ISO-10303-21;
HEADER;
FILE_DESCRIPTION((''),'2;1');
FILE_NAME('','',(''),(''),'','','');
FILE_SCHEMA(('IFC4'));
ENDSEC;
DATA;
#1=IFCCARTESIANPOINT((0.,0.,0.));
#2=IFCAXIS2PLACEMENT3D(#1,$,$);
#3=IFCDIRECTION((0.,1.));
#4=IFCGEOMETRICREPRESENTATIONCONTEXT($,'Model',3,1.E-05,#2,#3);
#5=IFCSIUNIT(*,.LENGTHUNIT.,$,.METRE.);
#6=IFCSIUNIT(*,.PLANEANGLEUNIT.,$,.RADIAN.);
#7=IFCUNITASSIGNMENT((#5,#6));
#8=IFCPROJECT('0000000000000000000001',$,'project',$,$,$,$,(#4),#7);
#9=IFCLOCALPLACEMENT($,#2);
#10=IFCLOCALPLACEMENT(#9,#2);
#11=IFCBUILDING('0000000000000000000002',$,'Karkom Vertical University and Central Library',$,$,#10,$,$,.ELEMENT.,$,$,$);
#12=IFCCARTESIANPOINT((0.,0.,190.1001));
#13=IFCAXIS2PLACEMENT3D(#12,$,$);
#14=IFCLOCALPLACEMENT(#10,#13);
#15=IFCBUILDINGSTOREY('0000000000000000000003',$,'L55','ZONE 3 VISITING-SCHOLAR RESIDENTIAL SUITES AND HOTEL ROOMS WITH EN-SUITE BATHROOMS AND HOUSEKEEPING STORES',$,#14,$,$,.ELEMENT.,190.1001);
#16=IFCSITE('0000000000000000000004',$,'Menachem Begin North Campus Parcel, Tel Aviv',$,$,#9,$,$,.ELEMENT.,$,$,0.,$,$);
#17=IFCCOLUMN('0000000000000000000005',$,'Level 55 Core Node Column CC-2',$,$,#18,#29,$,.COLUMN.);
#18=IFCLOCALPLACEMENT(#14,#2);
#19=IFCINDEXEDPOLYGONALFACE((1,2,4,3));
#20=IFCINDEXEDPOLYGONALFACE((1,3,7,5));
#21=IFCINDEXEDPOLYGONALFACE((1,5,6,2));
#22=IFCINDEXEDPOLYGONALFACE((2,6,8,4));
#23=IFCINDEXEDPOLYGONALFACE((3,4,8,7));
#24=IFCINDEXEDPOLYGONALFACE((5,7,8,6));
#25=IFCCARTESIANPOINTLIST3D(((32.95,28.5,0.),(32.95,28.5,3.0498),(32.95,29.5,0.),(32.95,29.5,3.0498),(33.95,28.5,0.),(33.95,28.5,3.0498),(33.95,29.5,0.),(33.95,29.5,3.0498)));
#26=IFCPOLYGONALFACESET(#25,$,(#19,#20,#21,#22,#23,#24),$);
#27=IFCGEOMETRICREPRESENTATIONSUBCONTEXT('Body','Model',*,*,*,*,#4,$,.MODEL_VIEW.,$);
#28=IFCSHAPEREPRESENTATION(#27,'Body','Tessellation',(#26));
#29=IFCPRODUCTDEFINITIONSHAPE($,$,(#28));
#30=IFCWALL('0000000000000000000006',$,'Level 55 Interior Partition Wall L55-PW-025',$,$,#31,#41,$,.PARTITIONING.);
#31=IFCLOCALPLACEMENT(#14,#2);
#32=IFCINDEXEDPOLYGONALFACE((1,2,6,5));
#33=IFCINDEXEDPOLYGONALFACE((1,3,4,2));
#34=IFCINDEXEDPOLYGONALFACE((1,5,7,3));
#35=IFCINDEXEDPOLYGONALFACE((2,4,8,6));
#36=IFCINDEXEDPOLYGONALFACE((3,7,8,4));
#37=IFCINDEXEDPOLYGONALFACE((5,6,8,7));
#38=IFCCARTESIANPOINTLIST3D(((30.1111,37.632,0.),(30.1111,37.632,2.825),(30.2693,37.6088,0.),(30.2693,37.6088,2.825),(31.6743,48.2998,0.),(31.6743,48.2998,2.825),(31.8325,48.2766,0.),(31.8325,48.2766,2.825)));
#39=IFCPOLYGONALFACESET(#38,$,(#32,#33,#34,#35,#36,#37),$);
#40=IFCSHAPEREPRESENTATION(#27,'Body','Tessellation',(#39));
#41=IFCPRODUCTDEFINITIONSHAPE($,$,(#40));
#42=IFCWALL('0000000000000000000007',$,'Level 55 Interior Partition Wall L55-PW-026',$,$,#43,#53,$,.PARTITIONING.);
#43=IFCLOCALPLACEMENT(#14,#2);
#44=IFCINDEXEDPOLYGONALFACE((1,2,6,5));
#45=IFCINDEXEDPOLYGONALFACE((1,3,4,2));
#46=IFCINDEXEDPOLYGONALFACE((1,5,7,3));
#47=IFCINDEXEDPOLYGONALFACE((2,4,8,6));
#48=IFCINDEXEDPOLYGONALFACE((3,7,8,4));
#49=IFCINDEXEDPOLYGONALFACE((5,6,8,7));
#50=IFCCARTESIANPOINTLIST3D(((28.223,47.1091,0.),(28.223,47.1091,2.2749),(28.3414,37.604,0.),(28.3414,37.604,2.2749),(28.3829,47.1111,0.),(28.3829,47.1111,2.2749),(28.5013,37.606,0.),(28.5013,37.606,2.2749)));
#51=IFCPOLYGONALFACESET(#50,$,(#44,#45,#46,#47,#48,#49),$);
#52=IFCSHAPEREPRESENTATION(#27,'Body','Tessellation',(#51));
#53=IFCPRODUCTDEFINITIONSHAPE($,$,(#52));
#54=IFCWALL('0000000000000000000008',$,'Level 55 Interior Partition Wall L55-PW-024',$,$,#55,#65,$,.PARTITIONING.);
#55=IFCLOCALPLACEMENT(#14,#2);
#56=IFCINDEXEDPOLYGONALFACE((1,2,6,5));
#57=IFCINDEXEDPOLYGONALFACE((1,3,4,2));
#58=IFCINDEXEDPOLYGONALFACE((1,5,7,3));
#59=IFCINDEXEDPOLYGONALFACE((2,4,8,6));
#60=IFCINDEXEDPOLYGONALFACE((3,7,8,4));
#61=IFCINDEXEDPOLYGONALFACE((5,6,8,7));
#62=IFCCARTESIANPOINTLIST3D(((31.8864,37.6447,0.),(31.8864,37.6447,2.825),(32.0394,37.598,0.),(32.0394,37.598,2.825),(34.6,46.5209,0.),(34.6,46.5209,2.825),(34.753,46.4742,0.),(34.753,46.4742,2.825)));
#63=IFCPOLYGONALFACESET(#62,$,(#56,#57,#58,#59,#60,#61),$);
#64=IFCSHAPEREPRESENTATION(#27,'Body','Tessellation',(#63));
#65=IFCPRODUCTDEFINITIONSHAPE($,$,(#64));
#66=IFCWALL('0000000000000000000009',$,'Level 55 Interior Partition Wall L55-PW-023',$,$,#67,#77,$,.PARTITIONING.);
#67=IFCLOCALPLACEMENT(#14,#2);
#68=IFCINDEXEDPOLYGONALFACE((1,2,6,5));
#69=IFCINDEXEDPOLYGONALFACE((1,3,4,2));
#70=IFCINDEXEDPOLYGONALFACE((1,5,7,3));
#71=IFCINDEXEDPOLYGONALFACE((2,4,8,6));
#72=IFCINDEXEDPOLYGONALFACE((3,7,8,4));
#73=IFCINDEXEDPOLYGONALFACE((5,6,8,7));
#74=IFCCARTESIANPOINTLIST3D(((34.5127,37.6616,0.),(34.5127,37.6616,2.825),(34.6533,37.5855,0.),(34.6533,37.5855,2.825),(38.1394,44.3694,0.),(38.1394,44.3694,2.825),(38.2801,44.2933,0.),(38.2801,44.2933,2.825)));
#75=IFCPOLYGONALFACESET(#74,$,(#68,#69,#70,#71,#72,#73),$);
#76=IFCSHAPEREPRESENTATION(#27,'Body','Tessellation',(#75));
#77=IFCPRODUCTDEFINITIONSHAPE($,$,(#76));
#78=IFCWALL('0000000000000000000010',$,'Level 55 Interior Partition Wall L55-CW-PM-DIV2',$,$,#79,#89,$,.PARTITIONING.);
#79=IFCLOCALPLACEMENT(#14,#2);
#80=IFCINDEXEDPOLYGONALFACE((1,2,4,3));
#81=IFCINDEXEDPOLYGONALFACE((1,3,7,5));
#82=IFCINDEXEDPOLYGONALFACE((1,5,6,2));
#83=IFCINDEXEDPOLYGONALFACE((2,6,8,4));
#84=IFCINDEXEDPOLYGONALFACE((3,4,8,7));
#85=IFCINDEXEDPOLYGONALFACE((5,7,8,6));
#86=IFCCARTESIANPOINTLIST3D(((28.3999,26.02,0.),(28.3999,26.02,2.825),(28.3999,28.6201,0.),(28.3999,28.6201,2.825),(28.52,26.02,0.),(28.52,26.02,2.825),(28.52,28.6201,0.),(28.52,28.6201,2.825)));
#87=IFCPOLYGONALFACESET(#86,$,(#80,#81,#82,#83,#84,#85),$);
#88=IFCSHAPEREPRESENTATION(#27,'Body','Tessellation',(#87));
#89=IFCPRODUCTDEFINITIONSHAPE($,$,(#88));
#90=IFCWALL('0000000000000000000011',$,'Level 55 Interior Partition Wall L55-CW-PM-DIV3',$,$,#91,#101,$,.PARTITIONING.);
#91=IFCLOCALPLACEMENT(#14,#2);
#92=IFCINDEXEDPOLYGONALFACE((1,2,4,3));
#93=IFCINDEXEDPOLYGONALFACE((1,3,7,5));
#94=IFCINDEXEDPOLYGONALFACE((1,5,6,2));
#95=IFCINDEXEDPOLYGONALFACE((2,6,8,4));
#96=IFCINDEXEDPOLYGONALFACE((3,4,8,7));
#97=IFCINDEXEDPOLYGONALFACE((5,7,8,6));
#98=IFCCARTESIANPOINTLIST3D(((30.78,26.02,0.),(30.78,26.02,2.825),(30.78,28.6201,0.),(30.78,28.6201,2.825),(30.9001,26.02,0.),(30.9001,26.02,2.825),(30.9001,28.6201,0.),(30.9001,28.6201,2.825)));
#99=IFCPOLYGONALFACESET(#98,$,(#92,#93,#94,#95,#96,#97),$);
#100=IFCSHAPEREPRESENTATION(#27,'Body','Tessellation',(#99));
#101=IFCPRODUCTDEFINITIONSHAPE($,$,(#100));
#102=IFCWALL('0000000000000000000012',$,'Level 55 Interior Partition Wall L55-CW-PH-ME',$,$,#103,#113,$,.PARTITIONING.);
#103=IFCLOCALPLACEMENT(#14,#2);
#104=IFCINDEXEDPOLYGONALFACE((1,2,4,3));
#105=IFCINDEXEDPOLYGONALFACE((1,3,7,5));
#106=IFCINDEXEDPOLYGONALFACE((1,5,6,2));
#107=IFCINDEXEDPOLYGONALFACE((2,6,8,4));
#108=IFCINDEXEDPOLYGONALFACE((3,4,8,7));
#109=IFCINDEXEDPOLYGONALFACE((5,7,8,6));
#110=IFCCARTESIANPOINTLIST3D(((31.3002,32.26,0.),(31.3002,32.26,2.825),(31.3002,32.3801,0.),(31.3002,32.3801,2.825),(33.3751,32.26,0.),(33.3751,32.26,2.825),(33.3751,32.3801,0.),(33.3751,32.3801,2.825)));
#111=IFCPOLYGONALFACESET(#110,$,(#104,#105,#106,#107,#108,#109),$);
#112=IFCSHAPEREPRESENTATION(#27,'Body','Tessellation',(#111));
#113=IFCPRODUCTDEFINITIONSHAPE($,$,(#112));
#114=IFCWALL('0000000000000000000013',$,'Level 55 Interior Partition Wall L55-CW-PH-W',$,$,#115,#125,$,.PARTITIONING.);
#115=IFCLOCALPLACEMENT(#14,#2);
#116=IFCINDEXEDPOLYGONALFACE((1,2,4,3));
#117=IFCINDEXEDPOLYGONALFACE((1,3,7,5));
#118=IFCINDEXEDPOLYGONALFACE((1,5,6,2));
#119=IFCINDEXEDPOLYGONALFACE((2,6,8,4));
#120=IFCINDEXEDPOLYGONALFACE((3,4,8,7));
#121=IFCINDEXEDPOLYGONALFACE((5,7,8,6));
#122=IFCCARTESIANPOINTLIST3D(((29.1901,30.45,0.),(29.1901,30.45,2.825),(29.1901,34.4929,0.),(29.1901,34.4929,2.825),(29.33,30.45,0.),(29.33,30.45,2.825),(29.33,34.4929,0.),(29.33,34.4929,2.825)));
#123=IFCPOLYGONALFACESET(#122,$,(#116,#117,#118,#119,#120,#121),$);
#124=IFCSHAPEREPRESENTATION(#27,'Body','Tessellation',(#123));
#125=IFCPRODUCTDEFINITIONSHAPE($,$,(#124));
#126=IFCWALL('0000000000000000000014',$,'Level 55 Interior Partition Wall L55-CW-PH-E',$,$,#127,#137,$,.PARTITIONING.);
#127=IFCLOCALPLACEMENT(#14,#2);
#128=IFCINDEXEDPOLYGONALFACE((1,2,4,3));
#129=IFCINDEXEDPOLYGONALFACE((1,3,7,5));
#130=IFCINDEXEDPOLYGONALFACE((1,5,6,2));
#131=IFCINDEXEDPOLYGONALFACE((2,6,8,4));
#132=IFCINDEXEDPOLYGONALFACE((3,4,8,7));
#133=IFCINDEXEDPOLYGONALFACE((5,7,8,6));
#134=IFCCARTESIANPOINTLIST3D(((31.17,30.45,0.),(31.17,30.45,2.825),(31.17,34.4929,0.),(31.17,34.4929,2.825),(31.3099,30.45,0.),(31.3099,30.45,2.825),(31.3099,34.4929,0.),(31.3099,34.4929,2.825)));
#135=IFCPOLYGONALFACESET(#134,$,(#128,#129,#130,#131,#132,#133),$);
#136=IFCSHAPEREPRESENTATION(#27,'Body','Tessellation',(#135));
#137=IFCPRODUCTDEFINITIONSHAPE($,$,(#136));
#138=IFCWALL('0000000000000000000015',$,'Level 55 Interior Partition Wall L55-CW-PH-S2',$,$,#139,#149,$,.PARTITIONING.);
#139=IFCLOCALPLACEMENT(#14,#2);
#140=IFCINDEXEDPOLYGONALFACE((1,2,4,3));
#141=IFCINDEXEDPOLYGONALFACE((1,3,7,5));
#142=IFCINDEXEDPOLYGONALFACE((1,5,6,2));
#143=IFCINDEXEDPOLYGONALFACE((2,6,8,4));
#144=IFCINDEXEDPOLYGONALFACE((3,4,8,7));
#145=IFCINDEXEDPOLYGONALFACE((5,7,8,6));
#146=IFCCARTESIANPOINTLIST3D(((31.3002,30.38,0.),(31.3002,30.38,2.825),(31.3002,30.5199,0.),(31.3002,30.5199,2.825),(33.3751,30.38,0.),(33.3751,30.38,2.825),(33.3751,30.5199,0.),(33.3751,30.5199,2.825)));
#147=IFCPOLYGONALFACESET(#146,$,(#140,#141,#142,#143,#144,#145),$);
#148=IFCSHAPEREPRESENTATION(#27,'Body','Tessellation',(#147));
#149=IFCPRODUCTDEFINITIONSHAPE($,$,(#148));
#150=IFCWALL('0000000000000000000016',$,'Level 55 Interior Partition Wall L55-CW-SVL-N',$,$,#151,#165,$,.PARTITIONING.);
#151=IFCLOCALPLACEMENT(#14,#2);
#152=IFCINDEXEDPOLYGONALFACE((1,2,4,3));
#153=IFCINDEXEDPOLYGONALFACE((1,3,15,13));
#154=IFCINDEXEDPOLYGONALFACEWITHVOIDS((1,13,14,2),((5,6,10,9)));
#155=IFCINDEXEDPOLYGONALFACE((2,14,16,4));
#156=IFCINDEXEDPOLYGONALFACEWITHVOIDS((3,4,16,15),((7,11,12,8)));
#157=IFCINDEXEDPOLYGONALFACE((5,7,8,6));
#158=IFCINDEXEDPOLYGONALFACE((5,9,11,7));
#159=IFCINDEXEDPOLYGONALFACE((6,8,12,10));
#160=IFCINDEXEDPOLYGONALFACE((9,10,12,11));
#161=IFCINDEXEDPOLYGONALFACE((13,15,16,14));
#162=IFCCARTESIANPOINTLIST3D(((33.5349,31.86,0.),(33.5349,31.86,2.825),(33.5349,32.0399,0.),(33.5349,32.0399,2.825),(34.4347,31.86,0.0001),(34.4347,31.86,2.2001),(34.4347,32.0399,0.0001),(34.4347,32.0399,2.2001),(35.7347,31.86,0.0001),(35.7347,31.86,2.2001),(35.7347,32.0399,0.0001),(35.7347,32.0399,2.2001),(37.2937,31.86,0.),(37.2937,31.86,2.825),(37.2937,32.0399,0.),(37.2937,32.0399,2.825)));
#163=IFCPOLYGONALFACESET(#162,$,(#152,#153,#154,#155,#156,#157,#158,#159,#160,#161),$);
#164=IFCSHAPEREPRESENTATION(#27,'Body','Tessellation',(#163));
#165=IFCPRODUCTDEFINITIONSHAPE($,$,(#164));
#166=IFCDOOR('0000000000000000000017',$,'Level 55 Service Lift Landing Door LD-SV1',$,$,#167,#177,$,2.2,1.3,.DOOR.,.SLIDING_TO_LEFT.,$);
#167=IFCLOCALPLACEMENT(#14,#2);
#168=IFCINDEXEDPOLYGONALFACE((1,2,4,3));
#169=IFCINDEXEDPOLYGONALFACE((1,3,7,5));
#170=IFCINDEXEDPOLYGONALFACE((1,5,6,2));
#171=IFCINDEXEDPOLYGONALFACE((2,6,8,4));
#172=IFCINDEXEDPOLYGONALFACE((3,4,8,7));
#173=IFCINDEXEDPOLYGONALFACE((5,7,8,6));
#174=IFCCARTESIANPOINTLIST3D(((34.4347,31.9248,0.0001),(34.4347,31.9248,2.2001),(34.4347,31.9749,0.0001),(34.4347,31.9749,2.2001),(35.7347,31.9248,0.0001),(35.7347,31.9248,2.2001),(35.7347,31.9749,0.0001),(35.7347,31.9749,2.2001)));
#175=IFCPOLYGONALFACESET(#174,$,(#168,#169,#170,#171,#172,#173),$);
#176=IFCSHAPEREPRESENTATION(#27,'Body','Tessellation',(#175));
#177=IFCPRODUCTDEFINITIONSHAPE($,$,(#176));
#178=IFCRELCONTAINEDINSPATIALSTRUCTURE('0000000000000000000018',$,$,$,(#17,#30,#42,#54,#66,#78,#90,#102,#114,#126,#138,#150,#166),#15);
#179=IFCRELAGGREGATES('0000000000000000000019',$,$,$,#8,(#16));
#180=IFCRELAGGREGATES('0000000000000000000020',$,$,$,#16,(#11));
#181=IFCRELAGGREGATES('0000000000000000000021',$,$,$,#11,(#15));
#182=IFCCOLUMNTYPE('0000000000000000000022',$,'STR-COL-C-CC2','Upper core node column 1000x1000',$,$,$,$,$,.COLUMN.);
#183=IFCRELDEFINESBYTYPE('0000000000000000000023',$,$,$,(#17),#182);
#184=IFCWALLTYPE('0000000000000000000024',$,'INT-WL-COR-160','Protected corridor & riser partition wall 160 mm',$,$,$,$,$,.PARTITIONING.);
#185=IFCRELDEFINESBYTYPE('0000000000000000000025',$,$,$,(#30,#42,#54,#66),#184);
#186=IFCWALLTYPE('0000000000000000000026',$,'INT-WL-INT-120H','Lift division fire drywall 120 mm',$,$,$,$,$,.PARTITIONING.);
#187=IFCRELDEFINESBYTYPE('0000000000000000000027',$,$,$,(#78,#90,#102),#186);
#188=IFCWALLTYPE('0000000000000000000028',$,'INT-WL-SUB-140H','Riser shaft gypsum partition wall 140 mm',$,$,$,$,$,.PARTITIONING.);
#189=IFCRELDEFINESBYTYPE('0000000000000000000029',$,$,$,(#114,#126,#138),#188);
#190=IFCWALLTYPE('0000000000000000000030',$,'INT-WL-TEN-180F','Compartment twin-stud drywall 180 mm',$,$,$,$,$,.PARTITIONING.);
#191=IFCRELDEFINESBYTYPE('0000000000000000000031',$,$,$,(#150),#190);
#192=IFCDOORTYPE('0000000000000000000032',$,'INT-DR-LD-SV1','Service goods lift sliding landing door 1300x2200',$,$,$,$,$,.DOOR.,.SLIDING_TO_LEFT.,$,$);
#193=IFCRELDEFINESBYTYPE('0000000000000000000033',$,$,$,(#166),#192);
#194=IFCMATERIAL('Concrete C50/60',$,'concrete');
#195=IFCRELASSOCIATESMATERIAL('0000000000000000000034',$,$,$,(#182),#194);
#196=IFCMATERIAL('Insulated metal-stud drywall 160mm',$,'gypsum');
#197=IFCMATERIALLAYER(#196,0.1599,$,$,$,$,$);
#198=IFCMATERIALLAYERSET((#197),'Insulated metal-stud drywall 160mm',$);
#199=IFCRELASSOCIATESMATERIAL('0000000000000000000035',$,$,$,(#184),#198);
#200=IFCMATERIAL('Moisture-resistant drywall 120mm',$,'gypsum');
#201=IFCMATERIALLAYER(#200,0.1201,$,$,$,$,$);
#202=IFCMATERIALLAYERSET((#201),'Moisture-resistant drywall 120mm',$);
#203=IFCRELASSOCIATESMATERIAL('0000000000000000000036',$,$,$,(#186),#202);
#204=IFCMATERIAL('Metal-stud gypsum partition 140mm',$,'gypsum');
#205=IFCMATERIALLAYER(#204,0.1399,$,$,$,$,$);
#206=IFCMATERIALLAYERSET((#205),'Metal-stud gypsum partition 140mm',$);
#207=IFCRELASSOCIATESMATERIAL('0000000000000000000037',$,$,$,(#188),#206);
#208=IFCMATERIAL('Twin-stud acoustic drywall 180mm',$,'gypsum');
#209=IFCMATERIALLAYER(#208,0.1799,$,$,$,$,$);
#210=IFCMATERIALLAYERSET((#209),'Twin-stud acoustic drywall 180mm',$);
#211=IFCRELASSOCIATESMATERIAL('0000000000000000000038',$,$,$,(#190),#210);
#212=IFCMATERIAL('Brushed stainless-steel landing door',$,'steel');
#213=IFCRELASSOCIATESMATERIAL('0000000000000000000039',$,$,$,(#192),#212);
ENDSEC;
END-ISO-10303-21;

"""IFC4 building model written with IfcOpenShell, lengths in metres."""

from ifc_helpers import new_model, si_unit, direction, frame, frame_2d, origin, origin_with_axes, origin_2d, place, context, subcontext, project, spatial, rectangle, extrude, source, transform, mapped, material, layer, layer_set, material_profile, profile_set, type_object, element, fill, save


model = new_model("IFC4")

# Units and contexts
model_context = context("Model", 3, precision=1e-05, world=origin(), true_north=direction((0.0, 1.0)))
body_context = subcontext(model_context, "Body", "Model", "MODEL_VIEW")
ifc_project = project(units=[si_unit("LENGTHUNIT", "METRE"), si_unit("PLANEANGLEUNIT", "RADIAN")], contexts=[model_context])

# Site, building, storey
site_placement = place(None, origin())
site = spatial("IfcSite", under=ifc_project, at=site_placement, Name="Menachem Begin North Campus Parcel, Tel Aviv", CompositionType="ELEMENT", RefElevation=0.0)
building_placement = place(site_placement, origin())
building = spatial("IfcBuilding", under=site, at=building_placement, Name="Karkom Vertical University and Central Library", CompositionType="ELEMENT")
storey_placement = place(building_placement, frame((0.0, 0.0, 190.1001)))
storey = spatial("IfcBuildingStorey", under=building, at=storey_placement, Name="L55", Description="ZONE 3 VISITING-SCHOLAR RESIDENTIAL SUITES AND HOTEL ROOMS WITH EN-SUITE BATHROOMS AND HOUSEKEEPING STORES", CompositionType="ELEMENT", Elevation=190.1001)

# Column
ifc_material_1 = material(Name="Concrete C50/60", Category="concrete")
ifc_material_profile = material_profile(ifc_material_1, rectangle(XDim=1.0, YDim=1.0, at=origin_2d()), Name="RC-1000x1000")
ifc_profile_set = profile_set([ifc_material_profile], Name="Concrete C50/60")
column_type = type_object("IfcColumnType", Name="STR-COL-C-CC2", Description="Upper core node column 1000x1000", PredefinedType="COLUMN", material=ifc_profile_set)
shared_shape_1 = source(origin_with_axes(), body_context, "Body", "SweptSolid", [
    extrude(rectangle(XDim=1.0, YDim=1.0, at=origin_2d()), origin(), (0.0, 0.0, 1.0), 3.0498),
])
column_placement = place(storey_placement, frame((33.45, 29.0, 0.0), z_axis=(0.0, 0.0, 1.0), x_axis=(1.0, 0.0, 0.0)))
element("IfcColumn", 1, at=column_placement, inside=storey, type_object=column_type, Name="Level 55 Core Node Column CC-2", PredefinedType="COLUMN", context=body_context, shape_type="MappedRepresentation", body=[
    mapped(shared_shape_1, transform((0.0, 0.0, 0.0), scale=1.0)),
])

# Walls
ifc_material_2 = material(Name="Insulated metal-stud drywall 160mm", Category="gypsum")
ifc_layer_1 = layer(ifc_material_2, 0.1599)
ifc_layer_set_1 = layer_set([ifc_layer_1], Name="Insulated metal-stud drywall 160mm")
wall_type_1 = type_object("IfcWallType", Name="INT-WL-COR-160", Description="Protected corridor & riser partition wall 160 mm", PredefinedType="PARTITIONING", material=ifc_layer_set_1)
wall_1_placement = place(storey_placement, frame((30.1902, 37.6204, 0.0), z_axis=(0.0, 0.0, 1.0), x_axis=(0.14499, 0.989433, 0.0)))
element("IfcWall", 2, at=wall_1_placement, inside=storey, type_object=wall_type_1, Name="Level 55 Interior Partition Wall L55-PW-025", PredefinedType="PARTITIONING", context=body_context, shape_type="SweptSolid", body=[
    extrude(rectangle(XDim=10.7817, YDim=0.1599, at=frame_2d((5.3909, 0.0))), origin(), (0.0, 0.0, 1.0), 2.825),
])
wall_2_placement = place(storey_placement, frame((28.4214, 37.605, 0.0), z_axis=(0.0, 0.0, 1.0), x_axis=(-0.012456, 0.999922, 0.0)))
element("IfcWall", 3, at=wall_2_placement, inside=storey, type_object=wall_type_1, Name="Level 55 Interior Partition Wall L55-PW-026", PredefinedType="PARTITIONING", context=body_context, shape_type="SweptSolid", body=[
    extrude(rectangle(XDim=9.5059, YDim=0.1599, at=frame_2d((4.7529, 0.0))), origin(), (0.0, 0.0, 1.0), 2.2749),
])
wall_3_placement = place(storey_placement, frame((31.9629, 37.6213, 0.0), z_axis=(0.0, 0.0, 1.0), x_axis=(0.292361, 0.956308, 0.0)))
element("IfcWall", 4, at=wall_3_placement, inside=storey, type_object=wall_type_1, Name="Level 55 Interior Partition Wall L55-PW-024", PredefinedType="PARTITIONING", context=body_context, shape_type="SweptSolid", body=[
    extrude(rectangle(XDim=9.2817, YDim=0.1599, at=frame_2d((4.6409, 0.0))), origin(), (0.0, 0.0, 1.0), 2.825),
])
wall_4_placement = place(storey_placement, frame((34.583, 37.6235, 0.0), z_axis=(0.0, 0.0, 1.0), x_axis=(0.475607, 0.879658, 0.0)))
element("IfcWall", 5, at=wall_4_placement, inside=storey, type_object=wall_type_1, Name="Level 55 Interior Partition Wall L55-PW-023", PredefinedType="PARTITIONING", context=body_context, shape_type="SweptSolid", body=[
    extrude(rectangle(XDim=7.6255, YDim=0.1599, at=frame_2d((3.8127, 0.0))), origin(), (0.0, 0.0, 1.0), 2.825),
])
ifc_material_3 = material(Name="Moisture-resistant drywall 120mm", Category="gypsum")
ifc_layer_2 = layer(ifc_material_3, 0.1201)
ifc_layer_set_2 = layer_set([ifc_layer_2], Name="Moisture-resistant drywall 120mm")
wall_type_2 = type_object("IfcWallType", Name="INT-WL-INT-120H", Description="Lift division fire drywall 120 mm", PredefinedType="PARTITIONING", material=ifc_layer_set_2)
for number, where, z_axis, x_axis, name in (
    (6, (28.46, 26.02, 0.0), (0.0, 0.0, 1.0), (0.0, 1.0, 0.0), "Level 55 Interior Partition Wall L55-CW-PM-DIV2"),
    (7, (30.8401, 26.02, 0.0), (0.0, 0.0, 1.0), (0.0, 1.0, 0.0), "Level 55 Interior Partition Wall L55-CW-PM-DIV3"),
):
    element("IfcWall", number, at=place(storey_placement, frame(where, z_axis=z_axis, x_axis=x_axis)), inside=storey, type_object=wall_type_2, Name=name, PredefinedType="PARTITIONING", context=body_context, shape_type="SweptSolid", body=[
        extrude(rectangle(XDim=2.6001, YDim=0.1201, at=frame_2d((1.3, 0.0))), origin(), (0.0, 0.0, 1.0), 2.825),
    ])
wall_5_placement = place(storey_placement, frame((31.3, 32.3201, 0.0), z_axis=(0.0, 0.0, 1.0), x_axis=(1.0, 0.0, 0.0)))
element("IfcWall", 8, at=wall_5_placement, inside=storey, type_object=wall_type_2, Name="Level 55 Interior Partition Wall L55-CW-PH-ME", PredefinedType="PARTITIONING", context=body_context, shape_type="SweptSolid", body=[
    extrude(rectangle(XDim=2.075, YDim=0.1201, at=frame_2d((1.0376, 0.0))), origin(), (0.0, 0.0, 1.0), 2.825),
])
ifc_material_4 = material(Name="Metal-stud gypsum partition 140mm", Category="gypsum")
ifc_layer_3 = layer(ifc_material_4, 0.1399)
ifc_layer_set_3 = layer_set([ifc_layer_3], Name="Metal-stud gypsum partition 140mm")
wall_type_3 = type_object("IfcWallType", Name="INT-WL-SUB-140H", Description="Riser shaft gypsum partition wall 140 mm", PredefinedType="PARTITIONING", material=ifc_layer_set_3)
for number, where, z_axis, x_axis, name in (
    (9, (29.26, 30.45, 0.0), (0.0, 0.0, 1.0), (0.0, 1.0, 0.0), "Level 55 Interior Partition Wall L55-CW-PH-W"),
    (10, (31.24, 30.45, 0.0), (0.0, 0.0, 1.0), (0.0, 1.0, 0.0), "Level 55 Interior Partition Wall L55-CW-PH-E"),
):
    element("IfcWall", number, at=place(storey_placement, frame(where, z_axis=z_axis, x_axis=x_axis)), inside=storey, type_object=wall_type_3, Name=name, PredefinedType="PARTITIONING", context=body_context, shape_type="SweptSolid", body=[
        extrude(rectangle(XDim=4.043, YDim=0.1399, at=frame_2d((2.0215, 0.0))), origin(), (0.0, 0.0, 1.0), 2.825),
    ])
wall_6_placement = place(storey_placement, frame((31.3, 30.45, 0.0), z_axis=(0.0, 0.0, 1.0), x_axis=(1.0, 0.0, 0.0)))
element("IfcWall", 11, at=wall_6_placement, inside=storey, type_object=wall_type_3, Name="Level 55 Interior Partition Wall L55-CW-PH-S2", PredefinedType="PARTITIONING", context=body_context, shape_type="SweptSolid", body=[
    extrude(rectangle(XDim=2.075, YDim=0.1399, at=frame_2d((1.0376, 0.0))), origin(), (0.0, 0.0, 1.0), 2.825),
])

# Wall, opening, door
ifc_material_5 = material(Name="Twin-stud acoustic drywall 180mm", Category="gypsum")
ifc_layer_4 = layer(ifc_material_5, 0.1799)
ifc_layer_set_4 = layer_set([ifc_layer_4], Name="Twin-stud acoustic drywall 180mm")
wall_type_4 = type_object("IfcWallType", Name="INT-WL-TEN-180F", Description="Compartment twin-stud drywall 180 mm", PredefinedType="PARTITIONING", material=ifc_layer_set_4)
wall_7_placement = place(storey_placement, frame((33.5349, 31.95, 0.0), z_axis=(0.0, 0.0, 1.0), x_axis=(1.0, 0.0, 0.0)))
wall_7 = element("IfcWall", 12, at=wall_7_placement, inside=storey, type_object=wall_type_4, Name="Level 55 Interior Partition Wall L55-CW-SVL-N", PredefinedType="PARTITIONING", context=body_context, shape_type="SweptSolid", body=[
    extrude(rectangle(XDim=3.7588, YDim=0.1799, at=frame_2d((1.8794, 0.0))), origin(), (0.0, 0.0, 1.0), 2.825),
])
opening_placement = place(wall_7_placement, frame((0.8999, 0.0, 0.0)))
opening = element("IfcOpeningElement", 13, at=opening_placement, cuts=wall_7, PredefinedType="OPENING", context=body_context, shape_type="SweptSolid", body=[
    extrude(rectangle(XDim=1.3, YDim=2.2, at=frame_2d((0.6499, 1.1001))), frame((0.0, 0.1001, 0.0), z_axis=(0.0, -1.0, 0.0), x_axis=(1.0, 0.0, 0.0)), (0.0, 0.0, 1.0), 0.2),
])
ifc_material_6 = material(Name="Brushed stainless-steel landing door", Category="steel")
door_type = type_object("IfcDoorType", Name="INT-DR-LD-SV1", Description="Service goods lift sliding landing door 1300x2200", OperationType="SLIDING_TO_LEFT", PredefinedType="DOOR", material=ifc_material_6)
shared_shape_2 = source(origin_with_axes(), body_context, "Body", "SweptSolid", [
    extrude(rectangle(XDim=1.3, YDim=2.2, at=frame_2d((0.6499, 1.1001))), frame((0.0, 0.0249, 0.0), z_axis=(0.0, -1.0, 0.0), x_axis=(1.0, 0.0, 0.0)), (0.0, 0.0, 1.0), 0.05),
])
door_placement = place(opening_placement, origin())
door = element("IfcDoor", 14, at=door_placement, inside=storey, type_object=door_type, Name="Level 55 Service Lift Landing Door LD-SV1", OperationType="SLIDING_TO_LEFT", OverallHeight=2.2, OverallWidth=1.3, PredefinedType="DOOR", context=body_context, shape_type="MappedRepresentation", body=[
    mapped(shared_shape_2, transform((0.0, 0.0, 0.0), scale=1.0)),
])
fill(opening, door)

save(model, "model.ifc")
